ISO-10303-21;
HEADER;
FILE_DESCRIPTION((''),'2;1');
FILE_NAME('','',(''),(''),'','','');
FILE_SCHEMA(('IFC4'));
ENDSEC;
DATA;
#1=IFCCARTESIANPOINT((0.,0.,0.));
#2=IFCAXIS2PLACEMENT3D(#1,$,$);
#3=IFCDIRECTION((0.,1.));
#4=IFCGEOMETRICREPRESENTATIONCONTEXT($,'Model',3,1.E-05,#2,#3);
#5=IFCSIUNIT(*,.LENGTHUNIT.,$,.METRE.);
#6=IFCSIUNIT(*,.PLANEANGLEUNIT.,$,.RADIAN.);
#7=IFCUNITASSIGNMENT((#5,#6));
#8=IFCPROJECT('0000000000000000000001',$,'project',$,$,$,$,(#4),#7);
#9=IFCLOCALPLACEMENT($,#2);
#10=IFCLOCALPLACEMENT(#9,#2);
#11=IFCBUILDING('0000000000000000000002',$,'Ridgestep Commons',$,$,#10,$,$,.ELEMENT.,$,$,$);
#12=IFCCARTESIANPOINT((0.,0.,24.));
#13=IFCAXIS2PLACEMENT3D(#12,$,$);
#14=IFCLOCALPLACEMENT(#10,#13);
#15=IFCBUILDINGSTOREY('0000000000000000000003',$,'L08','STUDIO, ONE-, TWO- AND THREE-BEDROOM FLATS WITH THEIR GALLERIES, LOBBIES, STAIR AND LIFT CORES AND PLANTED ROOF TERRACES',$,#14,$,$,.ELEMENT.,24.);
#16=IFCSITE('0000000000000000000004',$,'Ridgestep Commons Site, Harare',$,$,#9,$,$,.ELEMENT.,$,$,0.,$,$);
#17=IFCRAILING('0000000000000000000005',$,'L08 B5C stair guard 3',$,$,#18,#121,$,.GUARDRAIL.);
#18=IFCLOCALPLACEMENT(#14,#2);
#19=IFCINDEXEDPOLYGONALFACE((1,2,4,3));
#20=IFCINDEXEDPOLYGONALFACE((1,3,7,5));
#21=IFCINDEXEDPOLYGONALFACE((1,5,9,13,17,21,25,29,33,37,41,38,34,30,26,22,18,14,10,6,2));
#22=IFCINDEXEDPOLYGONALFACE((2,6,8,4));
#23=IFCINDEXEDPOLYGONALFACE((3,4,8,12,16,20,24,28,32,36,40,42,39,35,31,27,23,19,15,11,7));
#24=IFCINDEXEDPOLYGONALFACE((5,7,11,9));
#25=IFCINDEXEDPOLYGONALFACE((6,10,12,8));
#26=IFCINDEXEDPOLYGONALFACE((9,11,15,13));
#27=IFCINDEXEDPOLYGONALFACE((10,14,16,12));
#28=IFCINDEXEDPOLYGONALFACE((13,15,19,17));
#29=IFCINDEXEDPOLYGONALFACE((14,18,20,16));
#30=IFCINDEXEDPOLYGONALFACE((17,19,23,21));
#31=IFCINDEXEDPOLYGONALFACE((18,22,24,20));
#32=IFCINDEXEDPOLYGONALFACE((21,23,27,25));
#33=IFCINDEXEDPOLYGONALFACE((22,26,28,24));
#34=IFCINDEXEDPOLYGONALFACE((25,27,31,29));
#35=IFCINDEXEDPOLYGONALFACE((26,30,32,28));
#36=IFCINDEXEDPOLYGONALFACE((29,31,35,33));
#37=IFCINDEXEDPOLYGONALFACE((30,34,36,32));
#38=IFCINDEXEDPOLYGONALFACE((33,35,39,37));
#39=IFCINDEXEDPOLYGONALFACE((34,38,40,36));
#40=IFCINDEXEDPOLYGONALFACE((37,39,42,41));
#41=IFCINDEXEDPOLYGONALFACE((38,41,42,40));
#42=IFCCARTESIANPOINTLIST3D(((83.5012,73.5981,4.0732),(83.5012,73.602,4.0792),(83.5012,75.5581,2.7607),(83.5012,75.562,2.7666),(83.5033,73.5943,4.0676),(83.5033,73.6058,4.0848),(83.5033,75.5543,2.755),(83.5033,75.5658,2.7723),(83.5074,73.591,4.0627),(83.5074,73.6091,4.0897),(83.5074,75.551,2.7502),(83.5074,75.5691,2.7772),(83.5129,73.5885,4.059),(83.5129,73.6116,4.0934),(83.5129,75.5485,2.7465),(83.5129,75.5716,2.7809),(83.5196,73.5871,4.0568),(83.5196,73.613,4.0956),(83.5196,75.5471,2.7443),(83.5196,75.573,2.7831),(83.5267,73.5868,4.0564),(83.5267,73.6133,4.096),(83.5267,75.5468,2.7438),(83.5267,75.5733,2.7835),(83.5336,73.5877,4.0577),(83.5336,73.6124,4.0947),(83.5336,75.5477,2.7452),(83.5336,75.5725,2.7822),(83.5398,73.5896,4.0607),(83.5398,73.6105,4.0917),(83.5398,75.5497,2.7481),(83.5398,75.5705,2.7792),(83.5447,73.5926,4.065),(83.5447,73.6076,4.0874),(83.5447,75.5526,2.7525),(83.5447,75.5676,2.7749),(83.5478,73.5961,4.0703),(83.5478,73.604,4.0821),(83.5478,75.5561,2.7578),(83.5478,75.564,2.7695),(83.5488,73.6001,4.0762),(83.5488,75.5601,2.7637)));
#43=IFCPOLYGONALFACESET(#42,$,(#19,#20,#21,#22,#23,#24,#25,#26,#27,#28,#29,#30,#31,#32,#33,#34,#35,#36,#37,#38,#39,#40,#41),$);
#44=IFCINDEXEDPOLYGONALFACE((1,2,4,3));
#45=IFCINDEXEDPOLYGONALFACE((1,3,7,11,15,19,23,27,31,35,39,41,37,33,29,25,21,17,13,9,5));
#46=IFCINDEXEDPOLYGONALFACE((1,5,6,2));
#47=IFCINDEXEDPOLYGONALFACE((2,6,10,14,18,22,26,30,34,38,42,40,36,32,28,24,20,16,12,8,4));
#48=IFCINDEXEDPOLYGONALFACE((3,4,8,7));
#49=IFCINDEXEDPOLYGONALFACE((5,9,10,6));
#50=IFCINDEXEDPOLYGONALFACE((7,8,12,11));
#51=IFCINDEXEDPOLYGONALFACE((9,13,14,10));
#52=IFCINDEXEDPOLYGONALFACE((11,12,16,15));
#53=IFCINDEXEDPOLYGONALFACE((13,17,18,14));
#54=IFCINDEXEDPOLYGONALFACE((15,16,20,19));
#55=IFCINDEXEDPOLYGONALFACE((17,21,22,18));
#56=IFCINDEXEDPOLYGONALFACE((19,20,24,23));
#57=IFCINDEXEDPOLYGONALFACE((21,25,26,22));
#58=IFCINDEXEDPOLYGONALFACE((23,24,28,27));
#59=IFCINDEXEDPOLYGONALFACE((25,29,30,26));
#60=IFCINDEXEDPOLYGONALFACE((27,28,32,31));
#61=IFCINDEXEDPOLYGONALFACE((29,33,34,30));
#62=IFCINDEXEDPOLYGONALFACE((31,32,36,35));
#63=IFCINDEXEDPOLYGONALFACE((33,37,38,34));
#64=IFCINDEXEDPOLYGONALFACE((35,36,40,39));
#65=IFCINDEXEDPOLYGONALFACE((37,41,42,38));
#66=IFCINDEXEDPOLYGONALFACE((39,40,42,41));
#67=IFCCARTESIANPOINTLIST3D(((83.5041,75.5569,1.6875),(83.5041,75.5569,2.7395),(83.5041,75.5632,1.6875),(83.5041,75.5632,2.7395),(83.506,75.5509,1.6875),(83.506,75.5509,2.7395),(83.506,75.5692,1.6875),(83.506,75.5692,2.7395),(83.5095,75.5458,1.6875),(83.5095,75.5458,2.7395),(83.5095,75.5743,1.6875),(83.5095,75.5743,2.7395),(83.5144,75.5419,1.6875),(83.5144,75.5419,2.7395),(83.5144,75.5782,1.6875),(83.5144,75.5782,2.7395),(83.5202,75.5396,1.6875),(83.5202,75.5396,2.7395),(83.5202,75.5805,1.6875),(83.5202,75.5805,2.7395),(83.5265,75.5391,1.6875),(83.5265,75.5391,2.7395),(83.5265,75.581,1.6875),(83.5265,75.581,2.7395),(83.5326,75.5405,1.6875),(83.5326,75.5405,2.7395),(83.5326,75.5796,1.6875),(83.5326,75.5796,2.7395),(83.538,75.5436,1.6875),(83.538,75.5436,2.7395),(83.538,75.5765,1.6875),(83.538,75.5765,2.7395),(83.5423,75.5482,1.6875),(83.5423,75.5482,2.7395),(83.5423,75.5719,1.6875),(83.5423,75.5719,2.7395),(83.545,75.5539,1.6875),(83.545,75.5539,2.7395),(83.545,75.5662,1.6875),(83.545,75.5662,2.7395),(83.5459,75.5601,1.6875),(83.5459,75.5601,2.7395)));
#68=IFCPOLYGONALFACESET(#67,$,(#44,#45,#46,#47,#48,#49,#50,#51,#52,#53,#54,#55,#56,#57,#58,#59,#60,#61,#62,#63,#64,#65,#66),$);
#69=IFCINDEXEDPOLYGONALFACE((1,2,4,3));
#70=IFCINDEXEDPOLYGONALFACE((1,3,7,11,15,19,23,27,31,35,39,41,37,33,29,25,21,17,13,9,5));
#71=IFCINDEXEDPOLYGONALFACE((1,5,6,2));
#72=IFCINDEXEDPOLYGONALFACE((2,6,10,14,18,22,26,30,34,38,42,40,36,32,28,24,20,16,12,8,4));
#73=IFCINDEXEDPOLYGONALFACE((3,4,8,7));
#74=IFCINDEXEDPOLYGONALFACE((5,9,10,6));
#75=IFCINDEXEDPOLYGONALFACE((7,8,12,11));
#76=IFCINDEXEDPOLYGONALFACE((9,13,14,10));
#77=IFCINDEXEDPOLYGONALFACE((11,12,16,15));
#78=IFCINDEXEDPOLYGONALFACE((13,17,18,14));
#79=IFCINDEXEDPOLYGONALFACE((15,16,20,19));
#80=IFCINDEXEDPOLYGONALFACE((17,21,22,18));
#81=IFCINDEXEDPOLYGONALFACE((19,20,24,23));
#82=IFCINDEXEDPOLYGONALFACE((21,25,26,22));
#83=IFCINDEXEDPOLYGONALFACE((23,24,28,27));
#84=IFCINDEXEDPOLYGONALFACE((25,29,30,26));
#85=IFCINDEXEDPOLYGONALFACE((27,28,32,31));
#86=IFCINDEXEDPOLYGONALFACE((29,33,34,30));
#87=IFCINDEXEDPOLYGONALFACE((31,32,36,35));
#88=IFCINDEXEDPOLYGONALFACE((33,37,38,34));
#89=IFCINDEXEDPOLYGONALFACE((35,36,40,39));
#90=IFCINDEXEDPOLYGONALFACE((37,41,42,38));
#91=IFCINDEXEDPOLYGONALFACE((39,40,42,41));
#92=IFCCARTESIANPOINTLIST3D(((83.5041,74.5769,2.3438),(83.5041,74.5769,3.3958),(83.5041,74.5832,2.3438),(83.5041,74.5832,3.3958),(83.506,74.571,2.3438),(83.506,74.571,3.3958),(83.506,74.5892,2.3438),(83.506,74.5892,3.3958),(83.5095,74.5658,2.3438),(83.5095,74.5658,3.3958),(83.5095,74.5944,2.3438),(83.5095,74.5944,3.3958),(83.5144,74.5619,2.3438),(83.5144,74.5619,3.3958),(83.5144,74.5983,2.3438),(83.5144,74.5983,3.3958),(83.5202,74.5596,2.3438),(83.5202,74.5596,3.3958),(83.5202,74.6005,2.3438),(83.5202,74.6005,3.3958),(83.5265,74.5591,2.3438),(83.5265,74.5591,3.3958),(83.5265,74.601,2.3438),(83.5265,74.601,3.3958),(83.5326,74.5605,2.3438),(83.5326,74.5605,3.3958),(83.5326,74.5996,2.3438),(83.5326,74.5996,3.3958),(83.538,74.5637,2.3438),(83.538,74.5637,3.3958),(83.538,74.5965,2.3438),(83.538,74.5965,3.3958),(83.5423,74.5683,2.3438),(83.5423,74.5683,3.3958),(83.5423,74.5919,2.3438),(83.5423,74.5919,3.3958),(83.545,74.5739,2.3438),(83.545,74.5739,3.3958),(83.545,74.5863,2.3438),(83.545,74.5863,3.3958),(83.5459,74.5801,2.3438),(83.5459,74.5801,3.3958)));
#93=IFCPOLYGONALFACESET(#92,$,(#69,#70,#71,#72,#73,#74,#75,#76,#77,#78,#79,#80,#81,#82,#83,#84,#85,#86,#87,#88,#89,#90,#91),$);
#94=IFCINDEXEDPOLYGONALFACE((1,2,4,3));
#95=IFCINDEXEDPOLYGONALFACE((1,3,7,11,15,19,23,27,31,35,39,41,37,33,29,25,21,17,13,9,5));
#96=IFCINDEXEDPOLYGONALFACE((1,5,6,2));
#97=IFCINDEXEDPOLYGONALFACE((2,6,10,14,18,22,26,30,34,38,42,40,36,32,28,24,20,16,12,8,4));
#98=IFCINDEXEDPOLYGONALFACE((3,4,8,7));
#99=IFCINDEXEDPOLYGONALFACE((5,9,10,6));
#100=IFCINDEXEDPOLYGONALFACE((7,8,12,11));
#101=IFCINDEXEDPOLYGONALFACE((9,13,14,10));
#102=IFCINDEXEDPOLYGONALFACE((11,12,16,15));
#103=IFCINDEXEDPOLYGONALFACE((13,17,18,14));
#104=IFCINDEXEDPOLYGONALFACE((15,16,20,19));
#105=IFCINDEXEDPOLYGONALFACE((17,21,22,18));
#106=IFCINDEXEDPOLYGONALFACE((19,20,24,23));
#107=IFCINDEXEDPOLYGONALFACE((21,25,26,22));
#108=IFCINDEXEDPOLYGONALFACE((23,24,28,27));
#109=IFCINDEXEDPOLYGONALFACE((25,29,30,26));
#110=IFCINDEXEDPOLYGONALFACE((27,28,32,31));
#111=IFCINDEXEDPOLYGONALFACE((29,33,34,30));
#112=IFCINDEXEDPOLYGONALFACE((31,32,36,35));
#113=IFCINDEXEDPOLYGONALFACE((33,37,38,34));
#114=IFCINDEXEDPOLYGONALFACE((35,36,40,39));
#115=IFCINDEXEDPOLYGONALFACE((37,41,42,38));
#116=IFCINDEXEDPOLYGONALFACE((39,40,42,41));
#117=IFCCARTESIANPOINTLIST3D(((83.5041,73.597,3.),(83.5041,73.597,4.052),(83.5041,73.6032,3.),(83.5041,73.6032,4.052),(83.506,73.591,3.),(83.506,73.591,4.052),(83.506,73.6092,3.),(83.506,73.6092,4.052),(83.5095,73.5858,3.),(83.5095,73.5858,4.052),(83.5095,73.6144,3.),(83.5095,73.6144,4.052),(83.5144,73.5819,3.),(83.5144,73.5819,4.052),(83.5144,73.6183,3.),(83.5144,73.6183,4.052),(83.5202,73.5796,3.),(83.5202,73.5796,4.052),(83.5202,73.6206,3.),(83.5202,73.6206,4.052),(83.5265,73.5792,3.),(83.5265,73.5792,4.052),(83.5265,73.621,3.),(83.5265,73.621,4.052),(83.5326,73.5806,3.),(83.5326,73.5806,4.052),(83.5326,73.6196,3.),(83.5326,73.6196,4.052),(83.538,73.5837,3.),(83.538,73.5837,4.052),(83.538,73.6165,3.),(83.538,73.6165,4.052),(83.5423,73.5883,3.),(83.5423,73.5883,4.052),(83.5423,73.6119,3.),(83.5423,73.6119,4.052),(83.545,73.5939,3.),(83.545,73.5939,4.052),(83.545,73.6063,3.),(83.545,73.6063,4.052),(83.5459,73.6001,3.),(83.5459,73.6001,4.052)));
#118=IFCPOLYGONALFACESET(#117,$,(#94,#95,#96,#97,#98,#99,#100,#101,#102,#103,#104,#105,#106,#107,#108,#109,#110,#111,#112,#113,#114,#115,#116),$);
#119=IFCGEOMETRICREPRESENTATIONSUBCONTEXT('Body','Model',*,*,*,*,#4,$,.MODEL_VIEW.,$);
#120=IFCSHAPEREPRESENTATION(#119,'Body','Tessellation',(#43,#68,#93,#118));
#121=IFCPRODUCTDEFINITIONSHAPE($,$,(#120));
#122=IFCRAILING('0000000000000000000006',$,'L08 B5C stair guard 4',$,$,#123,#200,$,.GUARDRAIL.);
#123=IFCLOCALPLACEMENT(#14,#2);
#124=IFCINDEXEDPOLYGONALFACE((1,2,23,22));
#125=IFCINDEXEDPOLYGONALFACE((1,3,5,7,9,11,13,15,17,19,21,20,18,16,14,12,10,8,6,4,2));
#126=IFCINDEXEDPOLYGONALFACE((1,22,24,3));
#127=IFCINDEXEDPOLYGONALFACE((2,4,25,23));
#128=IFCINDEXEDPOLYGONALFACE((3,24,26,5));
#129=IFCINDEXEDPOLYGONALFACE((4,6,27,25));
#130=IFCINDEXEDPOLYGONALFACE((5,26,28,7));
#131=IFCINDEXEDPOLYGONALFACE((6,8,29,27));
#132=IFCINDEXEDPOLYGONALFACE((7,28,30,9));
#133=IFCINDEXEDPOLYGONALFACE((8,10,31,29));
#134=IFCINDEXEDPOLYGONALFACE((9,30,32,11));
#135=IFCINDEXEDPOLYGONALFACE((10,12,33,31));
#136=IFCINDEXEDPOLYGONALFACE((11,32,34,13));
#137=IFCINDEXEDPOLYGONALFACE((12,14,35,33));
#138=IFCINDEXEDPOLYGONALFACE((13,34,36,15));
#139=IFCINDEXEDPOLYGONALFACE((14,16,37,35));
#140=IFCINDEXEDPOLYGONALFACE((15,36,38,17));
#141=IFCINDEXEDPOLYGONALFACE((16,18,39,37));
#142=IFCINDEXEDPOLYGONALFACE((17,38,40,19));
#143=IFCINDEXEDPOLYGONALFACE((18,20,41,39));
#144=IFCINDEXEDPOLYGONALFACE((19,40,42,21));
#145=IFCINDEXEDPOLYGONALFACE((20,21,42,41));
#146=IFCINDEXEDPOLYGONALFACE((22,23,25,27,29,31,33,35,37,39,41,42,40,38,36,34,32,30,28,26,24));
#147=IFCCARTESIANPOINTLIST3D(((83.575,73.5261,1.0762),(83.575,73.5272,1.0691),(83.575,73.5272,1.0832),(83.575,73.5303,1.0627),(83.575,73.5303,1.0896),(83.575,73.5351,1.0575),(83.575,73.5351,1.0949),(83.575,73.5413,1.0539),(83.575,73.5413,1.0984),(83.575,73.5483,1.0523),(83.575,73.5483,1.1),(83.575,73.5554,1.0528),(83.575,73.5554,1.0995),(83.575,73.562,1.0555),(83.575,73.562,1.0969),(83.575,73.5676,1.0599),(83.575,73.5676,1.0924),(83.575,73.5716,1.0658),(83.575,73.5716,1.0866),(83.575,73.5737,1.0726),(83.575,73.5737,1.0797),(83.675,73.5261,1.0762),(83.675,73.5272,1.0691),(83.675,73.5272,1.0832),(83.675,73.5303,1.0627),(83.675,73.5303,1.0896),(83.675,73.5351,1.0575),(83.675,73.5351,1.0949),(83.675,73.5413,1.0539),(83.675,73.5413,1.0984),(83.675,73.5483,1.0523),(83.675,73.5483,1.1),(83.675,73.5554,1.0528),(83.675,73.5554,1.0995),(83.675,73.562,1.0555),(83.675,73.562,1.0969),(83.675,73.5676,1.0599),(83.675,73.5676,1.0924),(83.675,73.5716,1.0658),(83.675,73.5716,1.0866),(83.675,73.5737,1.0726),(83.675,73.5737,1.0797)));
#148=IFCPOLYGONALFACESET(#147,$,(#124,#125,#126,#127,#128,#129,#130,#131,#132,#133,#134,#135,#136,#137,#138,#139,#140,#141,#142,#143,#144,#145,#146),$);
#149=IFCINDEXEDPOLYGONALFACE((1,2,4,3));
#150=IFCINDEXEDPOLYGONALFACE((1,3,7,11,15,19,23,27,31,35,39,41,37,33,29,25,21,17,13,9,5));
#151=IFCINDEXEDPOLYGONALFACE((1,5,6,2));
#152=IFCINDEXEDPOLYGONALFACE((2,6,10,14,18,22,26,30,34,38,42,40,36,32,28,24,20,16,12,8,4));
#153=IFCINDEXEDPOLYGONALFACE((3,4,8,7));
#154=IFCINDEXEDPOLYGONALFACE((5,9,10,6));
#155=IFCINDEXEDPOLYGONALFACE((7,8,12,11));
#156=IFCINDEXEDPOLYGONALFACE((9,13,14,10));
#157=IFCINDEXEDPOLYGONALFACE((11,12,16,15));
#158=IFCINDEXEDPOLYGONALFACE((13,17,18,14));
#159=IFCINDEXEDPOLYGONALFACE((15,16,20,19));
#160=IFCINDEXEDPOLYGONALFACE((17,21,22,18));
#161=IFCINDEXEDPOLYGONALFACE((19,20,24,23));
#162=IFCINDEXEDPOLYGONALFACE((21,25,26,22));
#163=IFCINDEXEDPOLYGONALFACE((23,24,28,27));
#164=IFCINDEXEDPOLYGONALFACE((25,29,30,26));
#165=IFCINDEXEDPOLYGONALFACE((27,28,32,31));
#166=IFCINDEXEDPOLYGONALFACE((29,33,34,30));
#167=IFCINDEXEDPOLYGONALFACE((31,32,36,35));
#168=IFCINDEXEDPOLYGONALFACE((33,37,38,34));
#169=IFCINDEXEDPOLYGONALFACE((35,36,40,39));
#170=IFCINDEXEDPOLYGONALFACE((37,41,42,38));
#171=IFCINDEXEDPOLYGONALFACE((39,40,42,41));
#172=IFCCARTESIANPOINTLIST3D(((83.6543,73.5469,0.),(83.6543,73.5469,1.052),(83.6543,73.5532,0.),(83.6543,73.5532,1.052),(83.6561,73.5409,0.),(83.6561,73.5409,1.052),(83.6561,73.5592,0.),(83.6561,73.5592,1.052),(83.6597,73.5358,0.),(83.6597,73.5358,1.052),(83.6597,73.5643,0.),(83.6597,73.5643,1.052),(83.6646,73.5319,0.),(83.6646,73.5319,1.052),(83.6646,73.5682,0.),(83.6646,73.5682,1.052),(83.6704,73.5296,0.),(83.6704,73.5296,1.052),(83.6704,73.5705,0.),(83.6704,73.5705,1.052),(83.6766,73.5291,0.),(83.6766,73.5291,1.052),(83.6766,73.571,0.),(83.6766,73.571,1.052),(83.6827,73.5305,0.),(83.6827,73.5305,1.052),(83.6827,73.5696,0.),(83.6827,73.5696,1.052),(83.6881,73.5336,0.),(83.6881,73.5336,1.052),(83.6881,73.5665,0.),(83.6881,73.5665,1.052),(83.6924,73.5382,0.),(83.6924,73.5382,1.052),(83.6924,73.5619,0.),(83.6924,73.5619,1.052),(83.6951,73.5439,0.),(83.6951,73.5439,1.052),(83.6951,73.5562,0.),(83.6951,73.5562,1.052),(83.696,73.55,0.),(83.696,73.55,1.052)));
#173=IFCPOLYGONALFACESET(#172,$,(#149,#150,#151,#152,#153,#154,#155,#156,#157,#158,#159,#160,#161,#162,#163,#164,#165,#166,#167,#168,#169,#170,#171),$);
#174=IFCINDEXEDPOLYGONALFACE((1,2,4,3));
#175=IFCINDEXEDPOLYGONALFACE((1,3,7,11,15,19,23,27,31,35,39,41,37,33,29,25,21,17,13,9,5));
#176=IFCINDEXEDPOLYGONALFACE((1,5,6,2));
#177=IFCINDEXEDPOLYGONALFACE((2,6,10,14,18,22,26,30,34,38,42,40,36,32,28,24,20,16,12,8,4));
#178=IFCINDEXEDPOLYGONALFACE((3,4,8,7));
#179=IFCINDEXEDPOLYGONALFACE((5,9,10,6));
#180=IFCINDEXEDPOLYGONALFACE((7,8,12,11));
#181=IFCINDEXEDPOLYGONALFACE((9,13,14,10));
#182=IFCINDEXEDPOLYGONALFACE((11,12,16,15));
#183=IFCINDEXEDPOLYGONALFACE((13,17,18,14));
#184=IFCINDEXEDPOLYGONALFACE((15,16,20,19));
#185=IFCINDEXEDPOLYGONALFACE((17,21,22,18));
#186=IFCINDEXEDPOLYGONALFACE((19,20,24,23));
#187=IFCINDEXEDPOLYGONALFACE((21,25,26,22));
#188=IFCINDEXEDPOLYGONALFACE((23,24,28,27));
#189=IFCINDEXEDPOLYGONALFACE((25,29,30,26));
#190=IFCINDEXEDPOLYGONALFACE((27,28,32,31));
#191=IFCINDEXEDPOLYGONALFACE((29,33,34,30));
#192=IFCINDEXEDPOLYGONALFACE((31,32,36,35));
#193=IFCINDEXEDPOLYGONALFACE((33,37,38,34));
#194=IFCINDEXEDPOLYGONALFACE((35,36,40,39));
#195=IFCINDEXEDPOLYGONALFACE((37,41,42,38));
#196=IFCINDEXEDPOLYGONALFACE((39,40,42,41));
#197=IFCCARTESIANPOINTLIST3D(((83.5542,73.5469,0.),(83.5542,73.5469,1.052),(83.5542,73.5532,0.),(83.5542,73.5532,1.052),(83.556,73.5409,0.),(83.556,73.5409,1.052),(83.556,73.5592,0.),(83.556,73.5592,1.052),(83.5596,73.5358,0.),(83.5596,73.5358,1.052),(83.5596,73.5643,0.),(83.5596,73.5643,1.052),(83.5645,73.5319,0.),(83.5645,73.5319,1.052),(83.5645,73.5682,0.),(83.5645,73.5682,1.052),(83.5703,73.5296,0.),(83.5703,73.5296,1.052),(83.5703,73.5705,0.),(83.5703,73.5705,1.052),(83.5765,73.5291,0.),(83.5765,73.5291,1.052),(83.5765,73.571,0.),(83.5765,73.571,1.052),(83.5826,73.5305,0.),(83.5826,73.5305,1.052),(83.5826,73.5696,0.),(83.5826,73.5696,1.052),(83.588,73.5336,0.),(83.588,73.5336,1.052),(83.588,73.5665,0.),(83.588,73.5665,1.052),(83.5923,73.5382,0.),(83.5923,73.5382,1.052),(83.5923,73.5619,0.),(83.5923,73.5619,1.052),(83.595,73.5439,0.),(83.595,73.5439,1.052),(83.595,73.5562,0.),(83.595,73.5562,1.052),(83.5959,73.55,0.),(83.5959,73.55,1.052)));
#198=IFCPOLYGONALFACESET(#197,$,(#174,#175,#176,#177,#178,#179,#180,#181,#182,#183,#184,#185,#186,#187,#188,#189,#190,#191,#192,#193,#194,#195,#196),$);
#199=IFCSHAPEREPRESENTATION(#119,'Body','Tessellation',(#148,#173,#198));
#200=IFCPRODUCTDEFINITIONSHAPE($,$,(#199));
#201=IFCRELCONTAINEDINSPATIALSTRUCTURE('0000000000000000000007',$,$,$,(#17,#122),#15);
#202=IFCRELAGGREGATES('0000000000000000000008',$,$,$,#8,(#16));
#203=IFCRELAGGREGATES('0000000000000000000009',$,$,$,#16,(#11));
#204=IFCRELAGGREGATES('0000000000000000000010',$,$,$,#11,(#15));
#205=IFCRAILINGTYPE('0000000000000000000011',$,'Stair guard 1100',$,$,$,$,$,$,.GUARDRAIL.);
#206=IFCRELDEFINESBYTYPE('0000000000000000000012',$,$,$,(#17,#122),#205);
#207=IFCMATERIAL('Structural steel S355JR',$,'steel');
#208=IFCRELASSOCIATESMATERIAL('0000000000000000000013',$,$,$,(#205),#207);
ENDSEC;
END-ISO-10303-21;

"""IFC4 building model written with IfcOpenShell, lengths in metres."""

from ifc_helpers import new_model, si_unit, direction, frame, origin, origin_2d, place, context, subcontext, project, spatial, circle, extrude, material, type_object, element, save


model = new_model("IFC4")

# Units and contexts
model_context = context("Model", 3, precision=1e-05, world=origin(), true_north=direction((0.0, 1.0)))
body_context = subcontext(model_context, "Body", "Model", "MODEL_VIEW")
ifc_project = project(units=[si_unit("LENGTHUNIT", "METRE"), si_unit("PLANEANGLEUNIT", "RADIAN")], contexts=[model_context])

# Site, building, storey
site_placement = place(None, origin())
site = spatial("IfcSite", under=ifc_project, at=site_placement, Name="Ridgestep Commons Site, Harare", CompositionType="ELEMENT", RefElevation=0.0)
building_placement = place(site_placement, origin())
building = spatial("IfcBuilding", under=site, at=building_placement, Name="Ridgestep Commons", CompositionType="ELEMENT")
storey_placement = place(building_placement, frame((0.0, 0.0, 24.0)))
storey = spatial("IfcBuildingStorey", under=building, at=storey_placement, Name="L08", Description="STUDIO, ONE-, TWO- AND THREE-BEDROOM FLATS WITH THEIR GALLERIES, LOBBIES, STAIR AND LIFT CORES AND PLANTED ROOF TERRACES", CompositionType="ELEMENT", Elevation=24.0)

# Railings
ifc_material_1 = material(Name="Structural steel S355JR", Category="steel")
railing_type_1 = type_object("IfcRailingType", Name="Stair guard 1100", PredefinedType="GUARDRAIL", material=ifc_material_1)
railing_1_placement = place(storey_placement, frame((83.5249, 75.5601, 1.6875)))
element("IfcRailing", 1, at=railing_1_placement, inside=storey, type_object=railing_type_1, Name="L08 B5C stair guard 3", PredefinedType="GUARDRAIL", context=body_context, shape_type="SweptSolid", body=[
    extrude(circle(Radius=0.0239, at=origin_2d()), frame((0.0, 0.0, 1.0762), z_axis=(0.0, -0.830902, 0.556419), x_axis=(1.0, 0.0, 0.0)), (0.0, 0.0, 1.0), 2.3589),
    extrude(circle(Radius=0.021, at=origin_2d()), origin(), (0.0, 0.0, 1.0), 1.052),
    extrude(circle(Radius=0.021, at=origin_2d()), frame((0.0, -0.98, 0.6562)), (0.0, 0.0, 1.0), 1.052),
    extrude(circle(Radius=0.021, at=origin_2d()), frame((0.0, -1.96, 1.3125)), (0.0, 0.0, 1.0), 1.052),
])
railing_2_placement = place(storey_placement, frame((83.675, 73.55, 0.0)))
element("IfcRailing", 2, at=railing_2_placement, inside=storey, type_object=railing_type_1, Name="L08 B5C stair guard 4", PredefinedType="GUARDRAIL", context=body_context, shape_type="SweptSolid", body=[
    extrude(circle(Radius=0.0239, at=origin_2d()), frame((0.0, 0.0, 1.0762), z_axis=(-1.0, 0.0, 0.0), x_axis=(0.0, -1.0, 0.0)), (0.0, 0.0, 1.0), 0.1001),
    extrude(circle(Radius=0.021, at=origin_2d()), origin(), (0.0, 0.0, 1.0), 1.052),
    extrude(circle(Radius=0.021, at=origin_2d()), frame((-0.1001, 0.0, 0.0)), (0.0, 0.0, 1.0), 1.052),
])

save(model, "model.ifc")
